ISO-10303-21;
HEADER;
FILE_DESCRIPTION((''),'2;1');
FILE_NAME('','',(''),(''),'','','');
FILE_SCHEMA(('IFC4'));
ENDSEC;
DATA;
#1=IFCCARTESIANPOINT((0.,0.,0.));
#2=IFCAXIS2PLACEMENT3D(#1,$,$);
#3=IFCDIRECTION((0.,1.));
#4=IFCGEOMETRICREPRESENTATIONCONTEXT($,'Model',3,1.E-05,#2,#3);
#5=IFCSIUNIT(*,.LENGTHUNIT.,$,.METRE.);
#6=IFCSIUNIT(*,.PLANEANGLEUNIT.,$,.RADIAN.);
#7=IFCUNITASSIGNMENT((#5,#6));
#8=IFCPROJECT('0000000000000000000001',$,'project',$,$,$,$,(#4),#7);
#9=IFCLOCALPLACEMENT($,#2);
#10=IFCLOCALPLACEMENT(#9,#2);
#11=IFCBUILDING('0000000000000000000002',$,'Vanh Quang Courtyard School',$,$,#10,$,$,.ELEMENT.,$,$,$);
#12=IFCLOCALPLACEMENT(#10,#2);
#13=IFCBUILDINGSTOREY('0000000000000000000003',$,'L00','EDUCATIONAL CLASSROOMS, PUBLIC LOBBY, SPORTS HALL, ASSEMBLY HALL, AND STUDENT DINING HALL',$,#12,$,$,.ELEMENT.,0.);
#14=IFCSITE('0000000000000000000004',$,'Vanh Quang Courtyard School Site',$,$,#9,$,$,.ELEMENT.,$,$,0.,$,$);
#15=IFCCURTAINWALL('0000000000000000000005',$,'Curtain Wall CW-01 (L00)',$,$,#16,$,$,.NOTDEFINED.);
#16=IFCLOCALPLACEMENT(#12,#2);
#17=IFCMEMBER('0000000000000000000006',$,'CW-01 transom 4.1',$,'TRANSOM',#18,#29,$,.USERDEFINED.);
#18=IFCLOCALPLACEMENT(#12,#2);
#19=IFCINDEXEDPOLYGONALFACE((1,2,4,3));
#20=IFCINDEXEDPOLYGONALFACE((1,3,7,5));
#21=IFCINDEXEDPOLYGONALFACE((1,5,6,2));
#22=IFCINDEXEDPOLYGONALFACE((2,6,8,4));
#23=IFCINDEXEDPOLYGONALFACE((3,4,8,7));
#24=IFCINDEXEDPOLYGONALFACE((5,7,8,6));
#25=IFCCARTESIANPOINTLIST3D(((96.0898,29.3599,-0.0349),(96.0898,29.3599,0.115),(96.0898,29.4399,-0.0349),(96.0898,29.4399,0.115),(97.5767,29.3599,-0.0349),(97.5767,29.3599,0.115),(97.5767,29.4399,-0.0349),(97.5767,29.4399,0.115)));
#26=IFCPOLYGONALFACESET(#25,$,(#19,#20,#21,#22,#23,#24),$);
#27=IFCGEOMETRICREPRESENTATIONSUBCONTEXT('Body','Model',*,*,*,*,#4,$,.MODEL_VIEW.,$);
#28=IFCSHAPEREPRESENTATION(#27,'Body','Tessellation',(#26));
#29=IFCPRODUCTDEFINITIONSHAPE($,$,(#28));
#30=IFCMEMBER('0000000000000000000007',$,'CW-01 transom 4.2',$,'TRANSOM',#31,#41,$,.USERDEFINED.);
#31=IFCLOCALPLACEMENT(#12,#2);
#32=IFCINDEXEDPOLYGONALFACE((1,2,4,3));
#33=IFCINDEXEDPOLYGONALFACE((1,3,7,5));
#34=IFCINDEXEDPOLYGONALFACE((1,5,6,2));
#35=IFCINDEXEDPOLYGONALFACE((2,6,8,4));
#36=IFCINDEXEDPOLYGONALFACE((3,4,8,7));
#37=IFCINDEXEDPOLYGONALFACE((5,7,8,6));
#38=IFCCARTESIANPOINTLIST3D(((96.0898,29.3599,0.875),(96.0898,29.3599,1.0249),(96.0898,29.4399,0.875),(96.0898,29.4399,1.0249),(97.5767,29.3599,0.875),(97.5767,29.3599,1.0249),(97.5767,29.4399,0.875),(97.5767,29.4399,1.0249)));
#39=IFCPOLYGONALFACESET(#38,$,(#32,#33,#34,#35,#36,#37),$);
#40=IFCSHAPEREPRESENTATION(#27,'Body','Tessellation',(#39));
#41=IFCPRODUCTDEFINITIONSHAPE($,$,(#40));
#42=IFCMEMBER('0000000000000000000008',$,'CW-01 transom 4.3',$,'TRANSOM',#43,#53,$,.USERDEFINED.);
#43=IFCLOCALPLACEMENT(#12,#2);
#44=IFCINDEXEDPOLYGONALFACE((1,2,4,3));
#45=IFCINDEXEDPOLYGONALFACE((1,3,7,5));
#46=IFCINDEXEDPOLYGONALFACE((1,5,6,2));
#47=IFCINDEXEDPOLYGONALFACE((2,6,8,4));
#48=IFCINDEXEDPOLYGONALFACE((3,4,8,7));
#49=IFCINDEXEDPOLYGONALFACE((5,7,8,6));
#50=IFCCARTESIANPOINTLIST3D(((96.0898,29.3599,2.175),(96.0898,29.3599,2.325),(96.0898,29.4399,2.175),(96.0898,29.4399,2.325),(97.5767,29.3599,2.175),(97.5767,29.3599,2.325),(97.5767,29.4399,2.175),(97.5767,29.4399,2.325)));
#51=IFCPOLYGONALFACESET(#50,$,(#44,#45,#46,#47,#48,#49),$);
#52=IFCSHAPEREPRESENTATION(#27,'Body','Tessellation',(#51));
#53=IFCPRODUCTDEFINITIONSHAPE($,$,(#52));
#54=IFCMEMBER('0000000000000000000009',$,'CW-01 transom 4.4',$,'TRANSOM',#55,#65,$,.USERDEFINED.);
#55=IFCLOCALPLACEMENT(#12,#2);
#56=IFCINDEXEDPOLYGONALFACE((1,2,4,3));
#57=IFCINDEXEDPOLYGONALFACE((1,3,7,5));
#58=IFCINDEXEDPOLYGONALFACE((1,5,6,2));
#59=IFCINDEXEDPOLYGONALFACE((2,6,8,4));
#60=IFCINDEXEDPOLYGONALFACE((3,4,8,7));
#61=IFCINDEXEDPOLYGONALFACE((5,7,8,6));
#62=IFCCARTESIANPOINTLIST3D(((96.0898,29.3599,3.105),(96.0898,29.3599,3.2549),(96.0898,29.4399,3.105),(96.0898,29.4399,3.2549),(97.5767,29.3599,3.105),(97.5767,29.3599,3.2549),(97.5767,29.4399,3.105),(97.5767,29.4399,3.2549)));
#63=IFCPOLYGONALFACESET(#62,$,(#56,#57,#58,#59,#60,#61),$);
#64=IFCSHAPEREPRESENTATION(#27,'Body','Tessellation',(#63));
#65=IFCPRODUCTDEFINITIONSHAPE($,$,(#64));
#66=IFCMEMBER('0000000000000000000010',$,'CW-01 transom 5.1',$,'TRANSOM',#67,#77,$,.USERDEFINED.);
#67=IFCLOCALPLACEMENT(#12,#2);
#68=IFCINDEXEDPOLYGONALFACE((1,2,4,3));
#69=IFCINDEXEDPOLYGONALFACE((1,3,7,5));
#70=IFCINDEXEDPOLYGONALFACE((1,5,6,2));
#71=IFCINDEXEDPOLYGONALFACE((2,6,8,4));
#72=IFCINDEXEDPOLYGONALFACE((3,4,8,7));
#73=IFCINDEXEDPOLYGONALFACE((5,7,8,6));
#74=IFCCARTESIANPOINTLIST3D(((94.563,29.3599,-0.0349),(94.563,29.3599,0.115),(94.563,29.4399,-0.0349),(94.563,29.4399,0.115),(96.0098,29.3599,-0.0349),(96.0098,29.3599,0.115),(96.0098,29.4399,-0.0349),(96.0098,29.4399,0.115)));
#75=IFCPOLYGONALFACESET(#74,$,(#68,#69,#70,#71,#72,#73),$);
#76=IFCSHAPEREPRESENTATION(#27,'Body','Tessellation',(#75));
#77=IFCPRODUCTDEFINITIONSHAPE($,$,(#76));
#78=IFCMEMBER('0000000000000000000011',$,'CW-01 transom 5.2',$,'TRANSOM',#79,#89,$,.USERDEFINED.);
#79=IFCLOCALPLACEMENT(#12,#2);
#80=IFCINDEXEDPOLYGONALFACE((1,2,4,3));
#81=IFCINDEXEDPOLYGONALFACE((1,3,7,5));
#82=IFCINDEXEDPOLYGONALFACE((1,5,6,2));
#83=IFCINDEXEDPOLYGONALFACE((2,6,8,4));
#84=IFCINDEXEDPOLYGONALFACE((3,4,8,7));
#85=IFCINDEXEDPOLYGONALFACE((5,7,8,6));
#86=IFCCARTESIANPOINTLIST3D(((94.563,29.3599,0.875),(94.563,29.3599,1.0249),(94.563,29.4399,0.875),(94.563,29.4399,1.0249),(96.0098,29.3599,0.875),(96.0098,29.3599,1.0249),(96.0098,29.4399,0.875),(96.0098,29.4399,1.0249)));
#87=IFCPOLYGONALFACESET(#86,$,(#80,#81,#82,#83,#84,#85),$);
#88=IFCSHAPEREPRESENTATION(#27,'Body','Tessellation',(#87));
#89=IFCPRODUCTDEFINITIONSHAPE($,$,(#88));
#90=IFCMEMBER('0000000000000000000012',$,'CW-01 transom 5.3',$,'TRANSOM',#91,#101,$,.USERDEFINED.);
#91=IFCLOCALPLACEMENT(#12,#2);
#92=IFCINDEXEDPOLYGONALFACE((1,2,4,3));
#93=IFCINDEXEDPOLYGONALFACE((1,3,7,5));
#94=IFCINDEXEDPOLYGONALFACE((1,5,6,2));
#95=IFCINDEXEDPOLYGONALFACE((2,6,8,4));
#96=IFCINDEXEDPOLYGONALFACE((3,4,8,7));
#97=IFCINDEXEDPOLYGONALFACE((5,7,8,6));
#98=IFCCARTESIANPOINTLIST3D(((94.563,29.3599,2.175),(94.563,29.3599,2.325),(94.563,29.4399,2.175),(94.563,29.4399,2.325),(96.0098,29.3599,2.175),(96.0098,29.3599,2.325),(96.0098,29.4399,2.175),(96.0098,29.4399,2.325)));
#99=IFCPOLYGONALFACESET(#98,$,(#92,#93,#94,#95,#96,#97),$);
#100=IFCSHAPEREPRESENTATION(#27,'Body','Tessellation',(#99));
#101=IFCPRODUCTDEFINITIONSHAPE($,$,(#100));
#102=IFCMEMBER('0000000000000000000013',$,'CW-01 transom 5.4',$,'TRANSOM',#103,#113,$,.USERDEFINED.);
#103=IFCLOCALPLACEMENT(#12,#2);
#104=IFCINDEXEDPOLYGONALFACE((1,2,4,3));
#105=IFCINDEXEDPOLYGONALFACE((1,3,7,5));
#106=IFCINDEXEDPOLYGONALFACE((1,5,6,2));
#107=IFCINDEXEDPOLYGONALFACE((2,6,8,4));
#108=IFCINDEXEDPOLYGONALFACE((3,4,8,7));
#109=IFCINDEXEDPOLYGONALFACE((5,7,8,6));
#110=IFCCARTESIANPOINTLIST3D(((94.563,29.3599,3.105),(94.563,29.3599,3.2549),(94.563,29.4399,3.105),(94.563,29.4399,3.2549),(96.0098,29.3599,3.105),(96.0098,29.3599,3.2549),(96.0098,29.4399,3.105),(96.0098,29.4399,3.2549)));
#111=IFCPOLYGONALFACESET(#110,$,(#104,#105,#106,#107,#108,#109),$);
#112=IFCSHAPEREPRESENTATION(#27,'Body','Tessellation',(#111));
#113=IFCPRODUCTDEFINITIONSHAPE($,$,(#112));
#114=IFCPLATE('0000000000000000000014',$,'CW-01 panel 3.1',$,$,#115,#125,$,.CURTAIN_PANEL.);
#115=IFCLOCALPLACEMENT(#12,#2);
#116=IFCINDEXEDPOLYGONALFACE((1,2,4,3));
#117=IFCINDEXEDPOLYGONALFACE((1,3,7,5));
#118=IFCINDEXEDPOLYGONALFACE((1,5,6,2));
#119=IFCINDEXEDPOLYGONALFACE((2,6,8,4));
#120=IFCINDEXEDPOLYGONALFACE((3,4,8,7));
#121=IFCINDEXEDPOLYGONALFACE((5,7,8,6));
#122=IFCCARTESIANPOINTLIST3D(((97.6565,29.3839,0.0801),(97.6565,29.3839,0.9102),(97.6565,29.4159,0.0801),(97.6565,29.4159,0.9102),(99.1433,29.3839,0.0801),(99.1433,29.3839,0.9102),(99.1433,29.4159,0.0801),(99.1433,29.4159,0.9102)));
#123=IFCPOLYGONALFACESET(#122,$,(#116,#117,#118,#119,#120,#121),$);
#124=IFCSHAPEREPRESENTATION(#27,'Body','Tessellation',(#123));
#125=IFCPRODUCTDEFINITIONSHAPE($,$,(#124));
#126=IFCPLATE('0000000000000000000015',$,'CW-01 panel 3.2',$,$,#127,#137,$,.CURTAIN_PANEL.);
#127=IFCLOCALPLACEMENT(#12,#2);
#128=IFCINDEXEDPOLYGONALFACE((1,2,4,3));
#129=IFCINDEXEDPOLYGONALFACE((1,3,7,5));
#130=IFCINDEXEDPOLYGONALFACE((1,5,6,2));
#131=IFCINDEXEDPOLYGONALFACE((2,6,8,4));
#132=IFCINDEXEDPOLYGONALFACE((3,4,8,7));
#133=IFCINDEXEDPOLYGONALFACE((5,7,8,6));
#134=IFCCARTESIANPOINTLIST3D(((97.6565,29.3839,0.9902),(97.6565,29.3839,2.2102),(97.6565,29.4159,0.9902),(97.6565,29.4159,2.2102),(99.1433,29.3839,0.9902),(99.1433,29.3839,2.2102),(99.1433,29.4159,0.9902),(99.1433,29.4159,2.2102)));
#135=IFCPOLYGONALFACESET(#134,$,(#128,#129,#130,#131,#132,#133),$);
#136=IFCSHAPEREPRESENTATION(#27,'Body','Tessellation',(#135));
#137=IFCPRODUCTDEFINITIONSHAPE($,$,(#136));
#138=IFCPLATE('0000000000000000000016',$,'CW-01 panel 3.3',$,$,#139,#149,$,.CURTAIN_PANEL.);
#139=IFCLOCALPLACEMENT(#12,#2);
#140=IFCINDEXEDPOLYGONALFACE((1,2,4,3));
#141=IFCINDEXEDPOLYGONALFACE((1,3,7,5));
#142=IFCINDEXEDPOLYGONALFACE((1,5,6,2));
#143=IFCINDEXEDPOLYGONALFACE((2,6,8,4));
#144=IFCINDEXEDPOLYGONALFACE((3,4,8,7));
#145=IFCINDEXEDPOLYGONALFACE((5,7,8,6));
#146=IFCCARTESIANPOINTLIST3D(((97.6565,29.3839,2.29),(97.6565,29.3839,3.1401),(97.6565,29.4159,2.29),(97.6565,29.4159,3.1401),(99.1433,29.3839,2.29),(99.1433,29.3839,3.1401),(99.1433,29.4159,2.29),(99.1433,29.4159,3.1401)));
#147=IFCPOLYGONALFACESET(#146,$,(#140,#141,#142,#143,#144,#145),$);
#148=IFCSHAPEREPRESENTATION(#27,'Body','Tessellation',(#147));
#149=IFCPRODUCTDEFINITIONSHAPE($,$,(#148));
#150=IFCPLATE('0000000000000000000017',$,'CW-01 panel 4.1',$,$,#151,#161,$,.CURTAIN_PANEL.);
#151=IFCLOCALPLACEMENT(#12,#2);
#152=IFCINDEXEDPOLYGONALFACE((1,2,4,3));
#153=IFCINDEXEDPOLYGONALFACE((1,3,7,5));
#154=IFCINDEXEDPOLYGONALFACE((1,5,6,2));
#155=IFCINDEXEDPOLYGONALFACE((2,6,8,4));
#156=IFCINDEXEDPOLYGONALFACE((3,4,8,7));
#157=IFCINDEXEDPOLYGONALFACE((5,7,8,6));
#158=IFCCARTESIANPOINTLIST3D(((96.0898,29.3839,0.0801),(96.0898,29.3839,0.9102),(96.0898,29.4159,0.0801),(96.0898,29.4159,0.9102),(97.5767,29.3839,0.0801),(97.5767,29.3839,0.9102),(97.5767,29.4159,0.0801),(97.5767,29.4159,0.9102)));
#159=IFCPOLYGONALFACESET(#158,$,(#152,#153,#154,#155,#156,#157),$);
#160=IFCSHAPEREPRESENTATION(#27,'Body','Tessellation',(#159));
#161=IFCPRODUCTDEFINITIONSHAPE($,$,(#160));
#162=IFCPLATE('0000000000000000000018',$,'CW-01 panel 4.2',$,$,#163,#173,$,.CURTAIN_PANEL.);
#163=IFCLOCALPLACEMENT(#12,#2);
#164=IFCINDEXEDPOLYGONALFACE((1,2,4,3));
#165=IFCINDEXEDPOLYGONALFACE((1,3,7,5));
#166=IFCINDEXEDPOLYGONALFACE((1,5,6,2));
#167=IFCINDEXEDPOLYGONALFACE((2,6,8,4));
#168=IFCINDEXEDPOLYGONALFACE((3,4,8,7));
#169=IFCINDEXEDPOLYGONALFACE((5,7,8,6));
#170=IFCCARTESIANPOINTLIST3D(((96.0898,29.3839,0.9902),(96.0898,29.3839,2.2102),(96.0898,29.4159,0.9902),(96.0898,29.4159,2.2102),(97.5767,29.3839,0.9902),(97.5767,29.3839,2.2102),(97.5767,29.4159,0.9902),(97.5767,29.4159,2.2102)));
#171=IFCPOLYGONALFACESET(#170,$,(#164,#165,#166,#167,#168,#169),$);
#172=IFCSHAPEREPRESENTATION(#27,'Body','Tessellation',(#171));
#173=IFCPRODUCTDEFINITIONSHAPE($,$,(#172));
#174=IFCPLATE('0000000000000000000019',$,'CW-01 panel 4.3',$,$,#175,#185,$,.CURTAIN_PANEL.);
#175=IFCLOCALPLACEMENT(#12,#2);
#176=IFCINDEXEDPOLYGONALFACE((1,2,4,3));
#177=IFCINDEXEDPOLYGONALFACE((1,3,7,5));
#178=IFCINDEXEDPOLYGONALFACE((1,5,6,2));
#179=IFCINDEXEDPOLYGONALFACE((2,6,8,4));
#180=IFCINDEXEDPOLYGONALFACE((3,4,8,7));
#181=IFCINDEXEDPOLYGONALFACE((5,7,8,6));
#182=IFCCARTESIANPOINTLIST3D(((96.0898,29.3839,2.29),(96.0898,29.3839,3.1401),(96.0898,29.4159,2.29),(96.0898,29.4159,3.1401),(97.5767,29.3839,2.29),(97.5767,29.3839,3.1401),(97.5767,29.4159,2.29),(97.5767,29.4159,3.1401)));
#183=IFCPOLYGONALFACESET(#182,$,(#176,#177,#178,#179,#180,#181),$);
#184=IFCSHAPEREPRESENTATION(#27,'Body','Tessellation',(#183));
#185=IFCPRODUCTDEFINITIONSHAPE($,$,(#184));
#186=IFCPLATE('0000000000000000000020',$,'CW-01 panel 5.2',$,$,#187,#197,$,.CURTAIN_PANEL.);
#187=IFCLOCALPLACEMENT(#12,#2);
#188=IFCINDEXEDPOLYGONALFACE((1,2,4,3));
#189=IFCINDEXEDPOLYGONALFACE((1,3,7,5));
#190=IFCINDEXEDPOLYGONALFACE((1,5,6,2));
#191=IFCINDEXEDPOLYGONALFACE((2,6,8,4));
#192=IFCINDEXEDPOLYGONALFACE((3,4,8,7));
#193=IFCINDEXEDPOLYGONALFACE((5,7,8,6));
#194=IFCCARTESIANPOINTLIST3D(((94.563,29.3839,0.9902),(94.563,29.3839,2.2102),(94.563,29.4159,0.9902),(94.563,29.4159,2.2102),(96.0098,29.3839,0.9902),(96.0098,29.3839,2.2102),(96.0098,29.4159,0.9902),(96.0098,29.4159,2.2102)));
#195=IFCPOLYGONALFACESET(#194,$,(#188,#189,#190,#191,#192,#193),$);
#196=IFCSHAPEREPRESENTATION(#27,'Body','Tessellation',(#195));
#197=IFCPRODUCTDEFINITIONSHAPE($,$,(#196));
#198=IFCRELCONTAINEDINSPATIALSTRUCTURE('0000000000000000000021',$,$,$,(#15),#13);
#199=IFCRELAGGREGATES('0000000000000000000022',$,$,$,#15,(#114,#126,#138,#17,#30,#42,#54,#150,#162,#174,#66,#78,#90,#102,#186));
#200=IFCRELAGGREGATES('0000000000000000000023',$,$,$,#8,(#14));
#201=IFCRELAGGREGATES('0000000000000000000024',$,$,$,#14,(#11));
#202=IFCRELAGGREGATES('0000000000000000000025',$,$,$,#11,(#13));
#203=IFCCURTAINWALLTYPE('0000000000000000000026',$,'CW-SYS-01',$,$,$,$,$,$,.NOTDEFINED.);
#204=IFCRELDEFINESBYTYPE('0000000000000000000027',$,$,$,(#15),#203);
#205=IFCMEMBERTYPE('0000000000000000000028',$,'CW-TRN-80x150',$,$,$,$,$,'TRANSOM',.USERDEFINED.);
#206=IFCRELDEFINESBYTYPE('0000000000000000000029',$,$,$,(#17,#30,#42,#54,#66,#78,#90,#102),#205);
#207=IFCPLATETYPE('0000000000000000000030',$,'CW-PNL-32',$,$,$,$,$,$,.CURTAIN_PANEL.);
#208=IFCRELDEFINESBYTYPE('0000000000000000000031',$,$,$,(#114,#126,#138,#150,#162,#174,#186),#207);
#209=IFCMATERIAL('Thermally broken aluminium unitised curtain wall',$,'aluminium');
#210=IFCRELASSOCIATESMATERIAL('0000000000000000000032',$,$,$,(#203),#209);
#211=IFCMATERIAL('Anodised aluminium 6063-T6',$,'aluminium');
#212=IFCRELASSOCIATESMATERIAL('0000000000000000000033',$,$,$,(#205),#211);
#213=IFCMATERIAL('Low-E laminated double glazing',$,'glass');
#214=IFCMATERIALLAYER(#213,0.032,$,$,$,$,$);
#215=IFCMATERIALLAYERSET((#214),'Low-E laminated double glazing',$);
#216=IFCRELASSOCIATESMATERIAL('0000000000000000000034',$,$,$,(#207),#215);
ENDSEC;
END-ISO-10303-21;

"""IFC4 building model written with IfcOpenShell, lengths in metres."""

from ifc_helpers import new_model, si_unit, direction, frame, origin, origin_2d, place, context, subcontext, project, spatial, rectangle, extrude, material, layer, layer_set, material_profile, profile_set, type_object, element, aggregate, save


model = new_model("IFC4")

# Units and contexts
model_context = context("Model", 3, precision=1e-05, world=origin(), true_north=direction((0.0, 1.0)))
body_context = subcontext(model_context, "Body", "Model", "MODEL_VIEW")
ifc_project = project(units=[si_unit("LENGTHUNIT", "METRE"), si_unit("PLANEANGLEUNIT", "RADIAN")], contexts=[model_context])

# Site, building, storey
site_placement = place(None, origin())
site = spatial("IfcSite", under=ifc_project, at=site_placement, Name="Vanh Quang Courtyard School Site", CompositionType="ELEMENT", RefElevation=0.0)
building_placement = place(site_placement, origin())
building = spatial("IfcBuilding", under=site, at=building_placement, Name="Vanh Quang Courtyard School", CompositionType="ELEMENT")
storey_placement = place(building_placement, origin())
storey = spatial("IfcBuildingStorey", under=building, at=storey_placement, Name="L00", Description="EDUCATIONAL CLASSROOMS, PUBLIC LOBBY, SPORTS HALL, ASSEMBLY HALL, AND STUDENT DINING HALL", CompositionType="ELEMENT", Elevation=0.0)

# Curtain wall, members, plates
ifc_material_1 = material(Name="Thermally broken aluminium unitised curtain wall", Category="aluminium")
curtain_wall_type = type_object("IfcCurtainWallType", Name="CW-SYS-01", PredefinedType="NOTDEFINED", material=ifc_material_1)
curtain_wall_placement = place(storey_placement, origin())
curtain_wall = element("IfcCurtainWall", 1, at=curtain_wall_placement, inside=storey, type_object=curtain_wall_type, Name="Curtain Wall CW-01 (L00)", PredefinedType="NOTDEFINED")
ifc_material_2 = material(Name="Anodised aluminium 6063-T6", Category="aluminium")
ifc_material_profile_1 = material_profile(ifc_material_2, rectangle(XDim=0.0801, YDim=0.1499, at=origin_2d()), Name="ALU-TRN 80x150")
ifc_profile_set_1 = profile_set([ifc_material_profile_1], Name="Anodised aluminium 6063-T6")
member_type_1 = type_object("IfcMemberType", Name="CW-TRN-80x150", ElementType="TRANSOM", PredefinedType="USERDEFINED", material=ifc_profile_set_1)
member_1_placement = place(storey_placement, frame((97.5767, 29.3999, 0.04), z_axis=(-1.0, 0.0, 0.0), x_axis=(0.0, -1.0, 0.0)))
member_1 = element("IfcMember", 2, at=member_1_placement, type_object=member_type_1, Name="CW-01 transom 4.1", ObjectType="TRANSOM", PredefinedType="USERDEFINED", context=body_context, shape_type="SweptSolid", body=[
    extrude(rectangle(XDim=0.0801, YDim=0.1499, at=origin_2d()), origin(), (0.0, 0.0, 1.0), 1.4868),
])
member_2_placement = place(storey_placement, frame((97.5767, 29.3999, 0.95), z_axis=(-1.0, 0.0, 0.0), x_axis=(0.0, -1.0, 0.0)))
member_2 = element("IfcMember", 3, at=member_2_placement, type_object=member_type_1, Name="CW-01 transom 4.2", ObjectType="TRANSOM", PredefinedType="USERDEFINED", context=body_context, shape_type="SweptSolid", body=[
    extrude(rectangle(XDim=0.0801, YDim=0.1499, at=origin_2d()), origin(), (0.0, 0.0, 1.0), 1.4868),
])
member_3_placement = place(storey_placement, frame((97.5767, 29.3999, 2.25), z_axis=(-1.0, 0.0, 0.0), x_axis=(0.0, -1.0, 0.0)))
member_3 = element("IfcMember", 4, at=member_3_placement, type_object=member_type_1, Name="CW-01 transom 4.3", ObjectType="TRANSOM", PredefinedType="USERDEFINED", context=body_context, shape_type="SweptSolid", body=[
    extrude(rectangle(XDim=0.0801, YDim=0.1499, at=origin_2d()), origin(), (0.0, 0.0, 1.0), 1.4868),
])
member_4_placement = place(storey_placement, frame((97.5767, 29.3999, 3.1799), z_axis=(-1.0, 0.0, 0.0), x_axis=(0.0, -1.0, 0.0)))
member_4 = element("IfcMember", 5, at=member_4_placement, type_object=member_type_1, Name="CW-01 transom 4.4", ObjectType="TRANSOM", PredefinedType="USERDEFINED", context=body_context, shape_type="SweptSolid", body=[
    extrude(rectangle(XDim=0.0801, YDim=0.1499, at=origin_2d()), origin(), (0.0, 0.0, 1.0), 1.4868),
])
member_5_placement = place(storey_placement, frame((96.0098, 29.3999, 0.04), z_axis=(-1.0, 0.0, 0.0), x_axis=(0.0, -1.0, 0.0)))
member_5 = element("IfcMember", 6, at=member_5_placement, type_object=member_type_1, Name="CW-01 transom 5.1", ObjectType="TRANSOM", PredefinedType="USERDEFINED", context=body_context, shape_type="SweptSolid", body=[
    extrude(rectangle(XDim=0.0801, YDim=0.1499, at=origin_2d()), origin(), (0.0, 0.0, 1.0), 1.4468),
])
member_6_placement = place(storey_placement, frame((96.0098, 29.3999, 0.95), z_axis=(-1.0, 0.0, 0.0), x_axis=(0.0, -1.0, 0.0)))
member_6 = element("IfcMember", 7, at=member_6_placement, type_object=member_type_1, Name="CW-01 transom 5.2", ObjectType="TRANSOM", PredefinedType="USERDEFINED", context=body_context, shape_type="SweptSolid", body=[
    extrude(rectangle(XDim=0.0801, YDim=0.1499, at=origin_2d()), origin(), (0.0, 0.0, 1.0), 1.4468),
])
member_7_placement = place(storey_placement, frame((96.0098, 29.3999, 2.25), z_axis=(-1.0, 0.0, 0.0), x_axis=(0.0, -1.0, 0.0)))
member_7 = element("IfcMember", 8, at=member_7_placement, type_object=member_type_1, Name="CW-01 transom 5.3", ObjectType="TRANSOM", PredefinedType="USERDEFINED", context=body_context, shape_type="SweptSolid", body=[
    extrude(rectangle(XDim=0.0801, YDim=0.1499, at=origin_2d()), origin(), (0.0, 0.0, 1.0), 1.4468),
])
member_8_placement = place(storey_placement, frame((96.0098, 29.3999, 3.1799), z_axis=(-1.0, 0.0, 0.0), x_axis=(0.0, -1.0, 0.0)))
member_8 = element("IfcMember", 9, at=member_8_placement, type_object=member_type_1, Name="CW-01 transom 5.4", ObjectType="TRANSOM", PredefinedType="USERDEFINED", context=body_context, shape_type="SweptSolid", body=[
    extrude(rectangle(XDim=0.0801, YDim=0.1499, at=origin_2d()), origin(), (0.0, 0.0, 1.0), 1.4468),
])
ifc_material_3 = material(Name="Low-E laminated double glazing", Category="glass")
ifc_layer_1 = layer(ifc_material_3, 0.032)
ifc_layer_set_1 = layer_set([ifc_layer_1], Name="Low-E laminated double glazing")
plate_type = type_object("IfcPlateType", Name="CW-PNL-32", PredefinedType="CURTAIN_PANEL", material=ifc_layer_set_1)
plate_1_placement = place(storey_placement, frame((98.3999, 29.3999, 0.0801), z_axis=(0.0, 0.0, 1.0), x_axis=(-1.0, 0.0, 0.0)))
plate_1 = element("IfcPlate", 10, at=plate_1_placement, type_object=plate_type, Name="CW-01 panel 3.1", PredefinedType="CURTAIN_PANEL", context=body_context, shape_type="SweptSolid", body=[
    extrude(rectangle(XDim=1.4868, YDim=0.032, at=origin_2d()), origin(), (0.0, 0.0, 1.0), 0.8301),
])
plate_2_placement = place(storey_placement, frame((98.3999, 29.3999, 0.9902), z_axis=(0.0, 0.0, 1.0), x_axis=(-1.0, 0.0, 0.0)))
plate_2 = element("IfcPlate", 11, at=plate_2_placement, type_object=plate_type, Name="CW-01 panel 3.2", PredefinedType="CURTAIN_PANEL", context=body_context, shape_type="SweptSolid", body=[
    extrude(rectangle(XDim=1.4868, YDim=0.032, at=origin_2d()), origin(), (0.0, 0.0, 1.0), 1.22),
])
plate_3_placement = place(storey_placement, frame((98.3999, 29.3999, 2.29), z_axis=(0.0, 0.0, 1.0), x_axis=(-1.0, 0.0, 0.0)))
plate_3 = element("IfcPlate", 12, at=plate_3_placement, type_object=plate_type, Name="CW-01 panel 3.3", PredefinedType="CURTAIN_PANEL", context=body_context, shape_type="SweptSolid", body=[
    extrude(rectangle(XDim=1.4868, YDim=0.032, at=origin_2d()), origin(), (0.0, 0.0, 1.0), 0.8501),
])
plate_4_placement = place(storey_placement, frame((96.8333, 29.3999, 0.0801), z_axis=(0.0, 0.0, 1.0), x_axis=(-1.0, 0.0, 0.0)))
plate_4 = element("IfcPlate", 13, at=plate_4_placement, type_object=plate_type, Name="CW-01 panel 4.1", PredefinedType="CURTAIN_PANEL", context=body_context, shape_type="SweptSolid", body=[
    extrude(rectangle(XDim=1.4868, YDim=0.032, at=origin_2d()), origin(), (0.0, 0.0, 1.0), 0.8301),
])
plate_5_placement = place(storey_placement, frame((96.8333, 29.3999, 0.9902), z_axis=(0.0, 0.0, 1.0), x_axis=(-1.0, 0.0, 0.0)))
plate_5 = element("IfcPlate", 14, at=plate_5_placement, type_object=plate_type, Name="CW-01 panel 4.2", PredefinedType="CURTAIN_PANEL", context=body_context, shape_type="SweptSolid", body=[
    extrude(rectangle(XDim=1.4868, YDim=0.032, at=origin_2d()), origin(), (0.0, 0.0, 1.0), 1.22),
])
plate_6_placement = place(storey_placement, frame((96.8333, 29.3999, 2.29), z_axis=(0.0, 0.0, 1.0), x_axis=(-1.0, 0.0, 0.0)))
plate_6 = element("IfcPlate", 15, at=plate_6_placement, type_object=plate_type, Name="CW-01 panel 4.3", PredefinedType="CURTAIN_PANEL", context=body_context, shape_type="SweptSolid", body=[
    extrude(rectangle(XDim=1.4868, YDim=0.032, at=origin_2d()), origin(), (0.0, 0.0, 1.0), 0.8501),
])
plate_7_placement = place(storey_placement, frame((95.2864, 29.3999, 0.9902), z_axis=(0.0, 0.0, 1.0), x_axis=(-1.0, 0.0, 0.0)))
plate_7 = element("IfcPlate", 16, at=plate_7_placement, type_object=plate_type, Name="CW-01 panel 5.2", PredefinedType="CURTAIN_PANEL", context=body_context, shape_type="SweptSolid", body=[
    extrude(rectangle(XDim=1.4468, YDim=0.032, at=origin_2d()), origin(), (0.0, 0.0, 1.0), 1.22),
])
aggregate(curtain_wall, [plate_1, plate_2, plate_3, member_1, member_2, member_3, member_4, plate_4, plate_5, plate_6, member_5, member_6, member_7, member_8, plate_7])

save(model, "model.ifc")
